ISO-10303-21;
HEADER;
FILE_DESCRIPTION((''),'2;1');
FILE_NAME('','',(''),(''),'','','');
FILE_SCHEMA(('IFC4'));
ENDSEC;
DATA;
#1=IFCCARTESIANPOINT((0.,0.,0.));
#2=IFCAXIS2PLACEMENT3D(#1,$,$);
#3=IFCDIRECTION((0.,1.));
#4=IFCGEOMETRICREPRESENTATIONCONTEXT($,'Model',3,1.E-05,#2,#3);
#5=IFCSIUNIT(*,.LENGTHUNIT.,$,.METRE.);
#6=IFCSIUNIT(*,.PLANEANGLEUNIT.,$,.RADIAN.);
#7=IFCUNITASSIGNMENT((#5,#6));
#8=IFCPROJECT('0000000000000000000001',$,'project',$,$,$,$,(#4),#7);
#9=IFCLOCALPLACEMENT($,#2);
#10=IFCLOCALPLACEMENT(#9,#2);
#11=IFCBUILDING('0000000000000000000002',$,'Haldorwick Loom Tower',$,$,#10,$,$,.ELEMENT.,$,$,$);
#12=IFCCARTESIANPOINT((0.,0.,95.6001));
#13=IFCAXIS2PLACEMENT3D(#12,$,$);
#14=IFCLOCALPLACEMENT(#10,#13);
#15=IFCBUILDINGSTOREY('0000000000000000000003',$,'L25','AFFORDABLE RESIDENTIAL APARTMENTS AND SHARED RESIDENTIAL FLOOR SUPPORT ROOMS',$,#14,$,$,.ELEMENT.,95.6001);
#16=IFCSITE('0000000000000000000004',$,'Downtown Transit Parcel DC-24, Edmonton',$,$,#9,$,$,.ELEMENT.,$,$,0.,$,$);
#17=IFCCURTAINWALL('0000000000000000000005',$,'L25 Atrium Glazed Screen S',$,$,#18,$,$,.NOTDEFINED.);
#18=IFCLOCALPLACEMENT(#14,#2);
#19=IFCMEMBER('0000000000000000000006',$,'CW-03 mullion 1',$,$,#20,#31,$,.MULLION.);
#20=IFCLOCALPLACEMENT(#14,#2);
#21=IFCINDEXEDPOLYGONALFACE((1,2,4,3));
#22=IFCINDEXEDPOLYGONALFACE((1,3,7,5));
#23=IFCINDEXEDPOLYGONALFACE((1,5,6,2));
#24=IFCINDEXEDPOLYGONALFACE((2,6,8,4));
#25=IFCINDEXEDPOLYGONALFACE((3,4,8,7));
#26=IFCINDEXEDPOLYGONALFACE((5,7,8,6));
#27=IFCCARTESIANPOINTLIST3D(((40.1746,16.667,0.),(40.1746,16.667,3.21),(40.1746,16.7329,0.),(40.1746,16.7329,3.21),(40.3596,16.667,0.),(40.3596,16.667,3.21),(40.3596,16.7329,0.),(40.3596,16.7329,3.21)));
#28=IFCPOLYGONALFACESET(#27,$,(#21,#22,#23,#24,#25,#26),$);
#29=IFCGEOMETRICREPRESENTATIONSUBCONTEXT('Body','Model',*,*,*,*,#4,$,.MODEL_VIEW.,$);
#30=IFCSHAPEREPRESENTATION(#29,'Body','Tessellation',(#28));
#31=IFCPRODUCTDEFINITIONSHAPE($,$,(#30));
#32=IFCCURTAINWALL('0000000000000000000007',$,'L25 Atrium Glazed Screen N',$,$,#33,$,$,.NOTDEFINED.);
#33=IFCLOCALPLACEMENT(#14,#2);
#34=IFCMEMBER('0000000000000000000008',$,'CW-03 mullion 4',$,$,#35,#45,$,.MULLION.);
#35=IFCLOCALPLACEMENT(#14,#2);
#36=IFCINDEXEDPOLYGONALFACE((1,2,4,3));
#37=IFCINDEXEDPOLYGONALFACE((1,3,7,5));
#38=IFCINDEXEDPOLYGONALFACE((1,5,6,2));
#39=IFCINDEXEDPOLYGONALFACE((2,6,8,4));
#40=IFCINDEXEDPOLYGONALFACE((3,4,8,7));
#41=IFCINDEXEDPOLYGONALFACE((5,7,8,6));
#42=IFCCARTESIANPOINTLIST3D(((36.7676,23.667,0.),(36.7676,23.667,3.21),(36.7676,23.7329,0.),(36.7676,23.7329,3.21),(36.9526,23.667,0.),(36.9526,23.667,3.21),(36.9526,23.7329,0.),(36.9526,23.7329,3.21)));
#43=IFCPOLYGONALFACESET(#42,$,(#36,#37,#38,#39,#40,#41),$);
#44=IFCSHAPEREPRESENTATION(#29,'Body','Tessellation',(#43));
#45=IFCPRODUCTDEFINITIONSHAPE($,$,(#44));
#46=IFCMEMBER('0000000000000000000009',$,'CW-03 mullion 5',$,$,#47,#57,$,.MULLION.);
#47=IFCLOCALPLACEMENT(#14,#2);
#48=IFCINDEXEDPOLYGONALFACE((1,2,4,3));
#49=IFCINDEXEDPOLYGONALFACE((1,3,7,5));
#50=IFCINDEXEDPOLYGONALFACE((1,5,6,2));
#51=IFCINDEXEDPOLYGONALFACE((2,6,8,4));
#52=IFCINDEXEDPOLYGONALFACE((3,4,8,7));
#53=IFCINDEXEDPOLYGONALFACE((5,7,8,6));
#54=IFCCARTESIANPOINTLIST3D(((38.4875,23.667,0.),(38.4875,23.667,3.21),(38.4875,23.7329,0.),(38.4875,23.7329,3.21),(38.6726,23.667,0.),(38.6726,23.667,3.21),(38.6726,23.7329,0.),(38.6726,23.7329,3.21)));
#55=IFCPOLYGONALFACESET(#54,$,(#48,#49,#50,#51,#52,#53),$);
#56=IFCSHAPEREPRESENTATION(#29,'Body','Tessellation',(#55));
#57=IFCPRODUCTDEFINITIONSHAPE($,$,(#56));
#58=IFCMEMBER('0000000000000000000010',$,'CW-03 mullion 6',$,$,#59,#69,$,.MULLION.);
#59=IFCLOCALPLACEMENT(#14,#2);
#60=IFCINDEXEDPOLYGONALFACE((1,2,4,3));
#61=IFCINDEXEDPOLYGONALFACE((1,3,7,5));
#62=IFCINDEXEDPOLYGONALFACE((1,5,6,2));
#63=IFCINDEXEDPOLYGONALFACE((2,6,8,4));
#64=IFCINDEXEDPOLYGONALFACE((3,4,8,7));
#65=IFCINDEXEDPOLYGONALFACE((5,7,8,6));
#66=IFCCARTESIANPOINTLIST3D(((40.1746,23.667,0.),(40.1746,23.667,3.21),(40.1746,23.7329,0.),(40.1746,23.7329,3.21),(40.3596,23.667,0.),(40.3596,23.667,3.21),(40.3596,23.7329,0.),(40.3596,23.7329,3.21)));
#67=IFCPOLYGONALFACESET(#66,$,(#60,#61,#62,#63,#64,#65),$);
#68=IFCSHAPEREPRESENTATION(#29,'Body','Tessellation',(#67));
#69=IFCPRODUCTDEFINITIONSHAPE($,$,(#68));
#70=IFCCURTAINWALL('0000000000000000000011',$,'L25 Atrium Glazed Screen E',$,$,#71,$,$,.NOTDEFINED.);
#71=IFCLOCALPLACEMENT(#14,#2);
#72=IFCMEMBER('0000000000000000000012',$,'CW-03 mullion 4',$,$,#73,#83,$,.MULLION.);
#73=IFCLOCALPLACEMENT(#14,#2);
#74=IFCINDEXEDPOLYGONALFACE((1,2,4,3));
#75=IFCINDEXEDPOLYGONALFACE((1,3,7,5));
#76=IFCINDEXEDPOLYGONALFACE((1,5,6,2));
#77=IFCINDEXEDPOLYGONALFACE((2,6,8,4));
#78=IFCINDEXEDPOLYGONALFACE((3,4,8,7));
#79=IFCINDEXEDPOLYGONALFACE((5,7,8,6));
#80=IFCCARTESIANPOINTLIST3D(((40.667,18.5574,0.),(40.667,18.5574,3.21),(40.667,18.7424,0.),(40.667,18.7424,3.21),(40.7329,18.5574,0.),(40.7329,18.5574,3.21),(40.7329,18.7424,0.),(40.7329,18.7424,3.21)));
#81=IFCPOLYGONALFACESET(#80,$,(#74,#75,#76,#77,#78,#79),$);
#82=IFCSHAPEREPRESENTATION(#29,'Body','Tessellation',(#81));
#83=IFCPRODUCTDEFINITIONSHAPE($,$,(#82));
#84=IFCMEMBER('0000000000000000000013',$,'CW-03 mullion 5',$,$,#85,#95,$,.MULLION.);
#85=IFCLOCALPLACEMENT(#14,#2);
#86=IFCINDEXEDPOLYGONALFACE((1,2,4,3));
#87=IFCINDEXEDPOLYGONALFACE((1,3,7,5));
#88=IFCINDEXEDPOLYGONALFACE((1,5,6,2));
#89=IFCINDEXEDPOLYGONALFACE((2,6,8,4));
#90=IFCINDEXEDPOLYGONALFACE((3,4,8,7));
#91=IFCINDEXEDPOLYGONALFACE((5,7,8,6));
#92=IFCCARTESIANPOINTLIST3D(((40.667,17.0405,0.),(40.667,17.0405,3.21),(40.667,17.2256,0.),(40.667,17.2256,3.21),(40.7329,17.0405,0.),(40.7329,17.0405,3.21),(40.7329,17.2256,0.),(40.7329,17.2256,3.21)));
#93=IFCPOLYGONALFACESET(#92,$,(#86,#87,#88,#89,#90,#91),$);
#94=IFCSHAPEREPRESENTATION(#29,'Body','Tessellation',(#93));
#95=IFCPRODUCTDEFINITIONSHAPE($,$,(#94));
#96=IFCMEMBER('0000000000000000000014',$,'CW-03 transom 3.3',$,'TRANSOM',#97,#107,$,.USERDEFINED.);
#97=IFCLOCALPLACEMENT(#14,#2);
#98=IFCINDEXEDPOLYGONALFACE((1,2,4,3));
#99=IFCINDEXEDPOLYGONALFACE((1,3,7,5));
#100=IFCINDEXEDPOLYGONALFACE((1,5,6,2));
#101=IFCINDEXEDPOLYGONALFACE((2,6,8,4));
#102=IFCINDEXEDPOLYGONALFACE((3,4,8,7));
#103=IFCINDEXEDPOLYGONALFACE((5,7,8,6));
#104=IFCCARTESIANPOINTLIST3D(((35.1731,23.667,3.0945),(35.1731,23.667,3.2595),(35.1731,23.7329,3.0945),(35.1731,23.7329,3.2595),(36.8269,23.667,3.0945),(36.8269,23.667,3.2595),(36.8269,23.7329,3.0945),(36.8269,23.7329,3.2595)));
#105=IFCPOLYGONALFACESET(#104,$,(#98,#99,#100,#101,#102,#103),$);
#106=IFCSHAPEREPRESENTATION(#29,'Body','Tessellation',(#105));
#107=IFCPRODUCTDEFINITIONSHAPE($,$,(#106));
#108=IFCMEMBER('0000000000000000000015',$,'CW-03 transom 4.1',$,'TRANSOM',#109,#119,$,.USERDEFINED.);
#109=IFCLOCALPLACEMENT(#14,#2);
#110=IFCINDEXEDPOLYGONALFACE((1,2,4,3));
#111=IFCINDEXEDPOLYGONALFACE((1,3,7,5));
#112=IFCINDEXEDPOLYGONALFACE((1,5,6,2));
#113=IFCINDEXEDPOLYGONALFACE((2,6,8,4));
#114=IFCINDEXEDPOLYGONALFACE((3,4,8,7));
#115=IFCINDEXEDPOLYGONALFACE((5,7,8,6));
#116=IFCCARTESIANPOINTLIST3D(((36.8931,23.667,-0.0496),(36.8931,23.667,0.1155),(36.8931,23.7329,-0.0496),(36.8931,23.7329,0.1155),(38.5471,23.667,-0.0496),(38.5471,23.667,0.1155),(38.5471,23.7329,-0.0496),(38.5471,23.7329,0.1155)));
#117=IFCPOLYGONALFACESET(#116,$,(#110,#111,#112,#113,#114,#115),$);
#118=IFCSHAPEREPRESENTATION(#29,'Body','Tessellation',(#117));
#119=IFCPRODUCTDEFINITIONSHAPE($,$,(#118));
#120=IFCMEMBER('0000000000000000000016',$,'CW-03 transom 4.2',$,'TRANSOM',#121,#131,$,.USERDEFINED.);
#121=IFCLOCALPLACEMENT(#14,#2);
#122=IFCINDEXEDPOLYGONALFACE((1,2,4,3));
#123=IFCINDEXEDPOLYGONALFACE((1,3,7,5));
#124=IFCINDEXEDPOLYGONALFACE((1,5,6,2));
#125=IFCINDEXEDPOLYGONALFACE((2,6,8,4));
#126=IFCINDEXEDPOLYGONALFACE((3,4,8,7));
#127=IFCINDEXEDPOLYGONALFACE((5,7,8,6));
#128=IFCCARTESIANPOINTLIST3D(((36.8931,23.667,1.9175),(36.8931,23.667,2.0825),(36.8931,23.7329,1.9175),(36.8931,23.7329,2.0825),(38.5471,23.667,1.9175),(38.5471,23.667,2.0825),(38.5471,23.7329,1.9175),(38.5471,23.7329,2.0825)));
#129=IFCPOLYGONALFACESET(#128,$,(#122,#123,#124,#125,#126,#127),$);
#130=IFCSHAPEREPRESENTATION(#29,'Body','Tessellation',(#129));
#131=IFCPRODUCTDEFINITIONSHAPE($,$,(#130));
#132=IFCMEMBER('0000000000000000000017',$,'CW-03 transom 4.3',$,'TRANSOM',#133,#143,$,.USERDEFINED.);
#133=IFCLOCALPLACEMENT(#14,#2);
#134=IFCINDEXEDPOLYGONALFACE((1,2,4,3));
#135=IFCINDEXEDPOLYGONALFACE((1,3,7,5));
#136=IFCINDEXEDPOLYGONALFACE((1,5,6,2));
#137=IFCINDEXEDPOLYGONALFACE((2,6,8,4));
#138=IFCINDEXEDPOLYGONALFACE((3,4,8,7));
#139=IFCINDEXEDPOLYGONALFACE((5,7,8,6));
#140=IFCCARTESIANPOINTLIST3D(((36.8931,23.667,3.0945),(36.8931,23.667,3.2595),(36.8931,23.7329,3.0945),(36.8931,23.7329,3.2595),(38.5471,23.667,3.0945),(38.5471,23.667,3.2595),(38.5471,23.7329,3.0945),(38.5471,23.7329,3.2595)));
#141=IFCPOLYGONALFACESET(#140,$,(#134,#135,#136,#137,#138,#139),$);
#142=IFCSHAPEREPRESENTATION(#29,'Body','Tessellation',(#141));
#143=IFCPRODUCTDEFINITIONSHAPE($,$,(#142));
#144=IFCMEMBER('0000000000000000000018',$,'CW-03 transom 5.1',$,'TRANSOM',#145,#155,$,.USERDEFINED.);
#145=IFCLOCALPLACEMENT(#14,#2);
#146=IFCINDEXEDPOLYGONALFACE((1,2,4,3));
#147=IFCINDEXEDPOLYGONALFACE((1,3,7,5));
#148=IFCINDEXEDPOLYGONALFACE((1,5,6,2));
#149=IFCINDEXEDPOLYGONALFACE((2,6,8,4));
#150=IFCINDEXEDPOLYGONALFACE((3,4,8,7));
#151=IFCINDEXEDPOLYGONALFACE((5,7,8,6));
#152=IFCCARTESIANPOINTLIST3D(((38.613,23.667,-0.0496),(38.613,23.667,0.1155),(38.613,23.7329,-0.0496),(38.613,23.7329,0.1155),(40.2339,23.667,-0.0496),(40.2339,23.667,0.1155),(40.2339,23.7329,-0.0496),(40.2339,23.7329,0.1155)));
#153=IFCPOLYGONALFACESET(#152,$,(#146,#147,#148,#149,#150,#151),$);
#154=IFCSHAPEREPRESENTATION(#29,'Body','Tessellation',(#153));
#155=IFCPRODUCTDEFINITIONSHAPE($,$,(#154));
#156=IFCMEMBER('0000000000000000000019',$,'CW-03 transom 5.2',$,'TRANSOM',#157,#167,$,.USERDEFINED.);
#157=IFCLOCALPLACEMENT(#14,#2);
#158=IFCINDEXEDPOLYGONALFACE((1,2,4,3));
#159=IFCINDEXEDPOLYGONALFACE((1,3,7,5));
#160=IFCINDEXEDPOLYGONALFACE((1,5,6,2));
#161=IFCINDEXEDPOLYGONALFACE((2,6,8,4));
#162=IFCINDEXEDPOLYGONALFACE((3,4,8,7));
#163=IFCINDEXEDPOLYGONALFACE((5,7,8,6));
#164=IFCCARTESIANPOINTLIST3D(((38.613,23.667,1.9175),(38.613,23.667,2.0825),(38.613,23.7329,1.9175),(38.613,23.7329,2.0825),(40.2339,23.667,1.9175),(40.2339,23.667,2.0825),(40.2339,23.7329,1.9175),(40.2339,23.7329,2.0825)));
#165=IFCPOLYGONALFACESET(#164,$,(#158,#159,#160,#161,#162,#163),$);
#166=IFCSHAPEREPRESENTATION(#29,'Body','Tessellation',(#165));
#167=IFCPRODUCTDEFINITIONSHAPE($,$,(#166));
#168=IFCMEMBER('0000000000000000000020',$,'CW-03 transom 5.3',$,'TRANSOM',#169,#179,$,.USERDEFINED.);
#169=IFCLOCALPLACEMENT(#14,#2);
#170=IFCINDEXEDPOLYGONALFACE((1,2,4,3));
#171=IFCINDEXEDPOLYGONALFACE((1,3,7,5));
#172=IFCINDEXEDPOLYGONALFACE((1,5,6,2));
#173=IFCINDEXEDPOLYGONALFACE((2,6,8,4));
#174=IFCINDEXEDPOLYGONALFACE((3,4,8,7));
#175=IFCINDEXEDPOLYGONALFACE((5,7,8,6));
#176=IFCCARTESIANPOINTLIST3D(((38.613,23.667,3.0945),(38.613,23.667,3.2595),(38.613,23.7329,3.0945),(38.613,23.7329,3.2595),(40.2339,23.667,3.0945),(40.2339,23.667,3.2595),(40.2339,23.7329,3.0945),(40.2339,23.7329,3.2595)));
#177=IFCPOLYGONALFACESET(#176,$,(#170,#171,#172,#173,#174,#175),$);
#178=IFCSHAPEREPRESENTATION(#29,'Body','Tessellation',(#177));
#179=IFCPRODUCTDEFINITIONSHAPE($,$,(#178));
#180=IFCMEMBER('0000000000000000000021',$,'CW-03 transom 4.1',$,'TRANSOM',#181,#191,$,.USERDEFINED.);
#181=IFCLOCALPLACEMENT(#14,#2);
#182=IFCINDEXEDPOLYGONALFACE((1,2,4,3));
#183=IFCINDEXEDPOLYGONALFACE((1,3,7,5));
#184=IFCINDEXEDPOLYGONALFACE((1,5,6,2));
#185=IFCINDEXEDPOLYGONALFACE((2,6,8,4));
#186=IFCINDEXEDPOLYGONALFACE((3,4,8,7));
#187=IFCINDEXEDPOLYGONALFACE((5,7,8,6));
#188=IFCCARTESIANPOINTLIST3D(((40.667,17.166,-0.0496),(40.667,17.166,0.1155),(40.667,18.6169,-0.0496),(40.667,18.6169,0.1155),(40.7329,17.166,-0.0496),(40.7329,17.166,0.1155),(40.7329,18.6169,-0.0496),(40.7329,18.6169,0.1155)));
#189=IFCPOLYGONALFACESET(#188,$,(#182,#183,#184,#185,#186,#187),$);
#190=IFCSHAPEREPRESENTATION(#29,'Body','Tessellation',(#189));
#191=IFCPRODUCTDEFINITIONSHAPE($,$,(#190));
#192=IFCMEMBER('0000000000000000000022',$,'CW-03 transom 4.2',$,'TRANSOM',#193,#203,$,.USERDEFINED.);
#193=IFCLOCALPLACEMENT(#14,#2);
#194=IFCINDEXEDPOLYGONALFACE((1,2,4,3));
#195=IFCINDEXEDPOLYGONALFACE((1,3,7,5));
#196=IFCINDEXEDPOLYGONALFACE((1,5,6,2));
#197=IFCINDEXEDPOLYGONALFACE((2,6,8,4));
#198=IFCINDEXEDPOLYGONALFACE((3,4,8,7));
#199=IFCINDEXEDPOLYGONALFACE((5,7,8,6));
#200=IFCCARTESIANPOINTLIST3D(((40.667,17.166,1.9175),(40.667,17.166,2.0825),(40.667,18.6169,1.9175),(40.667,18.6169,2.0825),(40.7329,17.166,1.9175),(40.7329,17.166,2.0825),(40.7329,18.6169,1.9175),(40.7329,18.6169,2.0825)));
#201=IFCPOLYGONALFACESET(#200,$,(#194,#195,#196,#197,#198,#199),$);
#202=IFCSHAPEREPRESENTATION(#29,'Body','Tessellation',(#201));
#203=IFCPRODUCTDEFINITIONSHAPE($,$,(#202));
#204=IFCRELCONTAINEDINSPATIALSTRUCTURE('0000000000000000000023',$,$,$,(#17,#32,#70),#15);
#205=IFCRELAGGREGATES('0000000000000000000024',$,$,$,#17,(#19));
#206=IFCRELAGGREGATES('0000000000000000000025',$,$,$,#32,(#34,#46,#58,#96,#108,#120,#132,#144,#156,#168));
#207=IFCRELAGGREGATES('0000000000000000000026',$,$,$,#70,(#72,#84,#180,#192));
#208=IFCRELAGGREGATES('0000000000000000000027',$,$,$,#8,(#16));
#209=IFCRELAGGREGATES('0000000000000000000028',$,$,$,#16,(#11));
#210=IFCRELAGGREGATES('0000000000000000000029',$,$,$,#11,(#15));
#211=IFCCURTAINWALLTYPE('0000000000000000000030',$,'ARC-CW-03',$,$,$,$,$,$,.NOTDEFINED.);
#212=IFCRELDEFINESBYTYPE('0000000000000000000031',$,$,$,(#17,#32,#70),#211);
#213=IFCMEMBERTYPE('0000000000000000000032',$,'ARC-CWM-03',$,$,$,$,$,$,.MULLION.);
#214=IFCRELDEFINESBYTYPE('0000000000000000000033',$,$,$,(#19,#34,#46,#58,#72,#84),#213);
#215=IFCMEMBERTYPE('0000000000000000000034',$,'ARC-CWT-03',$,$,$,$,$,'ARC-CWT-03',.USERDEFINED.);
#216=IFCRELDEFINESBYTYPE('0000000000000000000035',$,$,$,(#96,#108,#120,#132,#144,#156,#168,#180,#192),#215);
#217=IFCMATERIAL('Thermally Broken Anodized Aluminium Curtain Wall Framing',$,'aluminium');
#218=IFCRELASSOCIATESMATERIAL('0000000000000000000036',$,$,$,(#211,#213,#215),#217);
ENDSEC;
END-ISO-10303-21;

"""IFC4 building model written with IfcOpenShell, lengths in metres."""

from ifc_helpers import new_model, si_unit, direction, frame, origin, origin_2d, place, context, subcontext, project, spatial, rectangle, extrude, material, material_profile, profile_set, type_object, element, aggregate, save


model = new_model("IFC4")

# Units and contexts
model_context = context("Model", 3, precision=1e-05, world=origin(), true_north=direction((0.0, 1.0)))
body_context = subcontext(model_context, "Body", "Model", "MODEL_VIEW")
ifc_project = project(units=[si_unit("LENGTHUNIT", "METRE"), si_unit("PLANEANGLEUNIT", "RADIAN")], contexts=[model_context])

# Site, building, storey
site_placement = place(None, origin())
site = spatial("IfcSite", under=ifc_project, at=site_placement, Name="Downtown Transit Parcel DC-24, Edmonton", CompositionType="ELEMENT", RefElevation=0.0)
building_placement = place(site_placement, origin())
building = spatial("IfcBuilding", under=site, at=building_placement, Name="Haldorwick Loom Tower", CompositionType="ELEMENT")
storey_placement = place(building_placement, frame((0.0, 0.0, 95.6001)))
storey = spatial("IfcBuildingStorey", under=building, at=storey_placement, Name="L25", Description="AFFORDABLE RESIDENTIAL APARTMENTS AND SHARED RESIDENTIAL FLOOR SUPPORT ROOMS", CompositionType="ELEMENT", Elevation=95.6001)

# Curtain wall, member
ifc_material_1 = material(Name="Thermally Broken Anodized Aluminium Curtain Wall Framing", Category="aluminium")
curtain_wall_type = type_object("IfcCurtainWallType", Name="ARC-CW-03", PredefinedType="NOTDEFINED", material=ifc_material_1)
curtain_wall_1_placement = place(storey_placement, origin())
curtain_wall_1 = element("IfcCurtainWall", 1, at=curtain_wall_1_placement, inside=storey, type_object=curtain_wall_type, Name="L25 Atrium Glazed Screen S", PredefinedType="NOTDEFINED")
ifc_material_profile_1 = material_profile(ifc_material_1, rectangle(XDim=0.0659, YDim=0.1851, at=origin_2d()), Name="ALU_MUL_66X185", Category="aluminium")
ifc_profile_set_1 = profile_set([ifc_material_profile_1], Name="Thermally Broken Anodized Aluminium Curtain Wall Framing")
member_type_1 = type_object("IfcMemberType", Name="ARC-CWM-03", PredefinedType="MULLION", material=ifc_profile_set_1)
member_1_placement = place(storey_placement, frame((40.2671, 16.7, 0.0), z_axis=(0.0, 0.0, 1.0), x_axis=(0.0, -1.0, 0.0)))
member_1 = element("IfcMember", 2, at=member_1_placement, type_object=member_type_1, Name="CW-03 mullion 1", PredefinedType="MULLION", context=body_context, shape_type="SweptSolid", body=[
    extrude(rectangle(XDim=0.0659, YDim=0.1851, at=origin_2d()), origin(), (0.0, 0.0, 1.0), 3.21),
])
aggregate(curtain_wall_1, [member_1])

# Curtain walls, members
curtain_wall_2_placement = place(storey_placement, origin())
curtain_wall_2 = element("IfcCurtainWall", 3, at=curtain_wall_2_placement, inside=storey, type_object=curtain_wall_type, Name="L25 Atrium Glazed Screen N", PredefinedType="NOTDEFINED")
member_2_placement = place(storey_placement, frame((36.8601, 23.7, 0.0), z_axis=(0.0, 0.0, 1.0), x_axis=(0.0, 1.0, 0.0)))
member_2 = element("IfcMember", 4, at=member_2_placement, type_object=member_type_1, Name="CW-03 mullion 4", PredefinedType="MULLION", context=body_context, shape_type="SweptSolid", body=[
    extrude(rectangle(XDim=0.0659, YDim=0.1851, at=origin_2d()), origin(), (0.0, 0.0, 1.0), 3.21),
])
member_3_placement = place(storey_placement, frame((38.5801, 23.7, 0.0), z_axis=(0.0, 0.0, 1.0), x_axis=(0.0, 1.0, 0.0)))
member_3 = element("IfcMember", 5, at=member_3_placement, type_object=member_type_1, Name="CW-03 mullion 5", PredefinedType="MULLION", context=body_context, shape_type="SweptSolid", body=[
    extrude(rectangle(XDim=0.0659, YDim=0.1851, at=origin_2d()), origin(), (0.0, 0.0, 1.0), 3.21),
])
member_4_placement = place(storey_placement, frame((40.2671, 23.7, 0.0), z_axis=(0.0, 0.0, 1.0), x_axis=(0.0, 1.0, 0.0)))
member_4 = element("IfcMember", 6, at=member_4_placement, type_object=member_type_1, Name="CW-03 mullion 6", PredefinedType="MULLION", context=body_context, shape_type="SweptSolid", body=[
    extrude(rectangle(XDim=0.0659, YDim=0.1851, at=origin_2d()), origin(), (0.0, 0.0, 1.0), 3.21),
])
curtain_wall_3_placement = place(storey_placement, origin())
curtain_wall_3 = element("IfcCurtainWall", 7, at=curtain_wall_3_placement, inside=storey, type_object=curtain_wall_type, Name="L25 Atrium Glazed Screen E", PredefinedType="NOTDEFINED")
member_5_placement = place(storey_placement, frame((40.7, 18.6499, 0.0), z_axis=(0.0, 0.0, 1.0), x_axis=(1.0, 0.0, 0.0)))
member_5 = element("IfcMember", 8, at=member_5_placement, type_object=member_type_1, Name="CW-03 mullion 4", PredefinedType="MULLION", context=body_context, shape_type="SweptSolid", body=[
    extrude(rectangle(XDim=0.0659, YDim=0.1851, at=origin_2d()), origin(), (0.0, 0.0, 1.0), 3.21),
])
member_6_placement = place(storey_placement, frame((40.7, 17.1331, 0.0), z_axis=(0.0, 0.0, 1.0), x_axis=(1.0, 0.0, 0.0)))
member_6 = element("IfcMember", 9, at=member_6_placement, type_object=member_type_1, Name="CW-03 mullion 5", PredefinedType="MULLION", context=body_context, shape_type="SweptSolid", body=[
    extrude(rectangle(XDim=0.0659, YDim=0.1851, at=origin_2d()), origin(), (0.0, 0.0, 1.0), 3.21),
])

# Members
ifc_material_profile_2 = material_profile(ifc_material_1, rectangle(XDim=0.0659, YDim=0.165, at=origin_2d()), Name="ALU_TRN_66X165", Category="aluminium")
ifc_profile_set_2 = profile_set([ifc_material_profile_2], Name="Thermally Broken Anodized Aluminium Curtain Wall Framing")
member_type_2 = type_object("IfcMemberType", Name="ARC-CWT-03", ElementType="ARC-CWT-03", PredefinedType="USERDEFINED", material=ifc_profile_set_2)
member_7_placement = place(storey_placement, frame((35.1731, 23.7, 3.177), z_axis=(1.0, 0.0, 0.0), x_axis=(0.0, 1.0, 0.0)))
member_7 = element("IfcMember", 10, at=member_7_placement, type_object=member_type_2, Name="CW-03 transom 3.3", ObjectType="TRANSOM", PredefinedType="USERDEFINED", context=body_context, shape_type="SweptSolid", body=[
    extrude(rectangle(XDim=0.0659, YDim=0.165, at=origin_2d()), origin(), (0.0, 0.0, 1.0), 1.6538),
])
member_8_placement = place(storey_placement, frame((36.8931, 23.7, 0.033), z_axis=(1.0, 0.0, 0.0), x_axis=(0.0, 1.0, 0.0)))
member_8 = element("IfcMember", 11, at=member_8_placement, type_object=member_type_2, Name="CW-03 transom 4.1", ObjectType="TRANSOM", PredefinedType="USERDEFINED", context=body_context, shape_type="SweptSolid", body=[
    extrude(rectangle(XDim=0.0659, YDim=0.165, at=origin_2d()), origin(), (0.0, 0.0, 1.0), 1.6541),
])
member_9_placement = place(storey_placement, frame((36.8931, 23.7, 2.0), z_axis=(1.0, 0.0, 0.0), x_axis=(0.0, 1.0, 0.0)))
member_9 = element("IfcMember", 12, at=member_9_placement, type_object=member_type_2, Name="CW-03 transom 4.2", ObjectType="TRANSOM", PredefinedType="USERDEFINED", context=body_context, shape_type="SweptSolid", body=[
    extrude(rectangle(XDim=0.0659, YDim=0.165, at=origin_2d()), origin(), (0.0, 0.0, 1.0), 1.6541),
])
member_10_placement = place(storey_placement, frame((36.8931, 23.7, 3.177), z_axis=(1.0, 0.0, 0.0), x_axis=(0.0, 1.0, 0.0)))
member_10 = element("IfcMember", 13, at=member_10_placement, type_object=member_type_2, Name="CW-03 transom 4.3", ObjectType="TRANSOM", PredefinedType="USERDEFINED", context=body_context, shape_type="SweptSolid", body=[
    extrude(rectangle(XDim=0.0659, YDim=0.165, at=origin_2d()), origin(), (0.0, 0.0, 1.0), 1.6541),
])
member_11_placement = place(storey_placement, frame((38.613, 23.7, 0.033), z_axis=(1.0, 0.0, 0.0), x_axis=(0.0, 1.0, 0.0)))
member_11 = element("IfcMember", 14, at=member_11_placement, type_object=member_type_2, Name="CW-03 transom 5.1", ObjectType="TRANSOM", PredefinedType="USERDEFINED", context=body_context, shape_type="SweptSolid", body=[
    extrude(rectangle(XDim=0.0659, YDim=0.165, at=origin_2d()), origin(), (0.0, 0.0, 1.0), 1.6208),
])
member_12_placement = place(storey_placement, frame((38.613, 23.7, 2.0), z_axis=(1.0, 0.0, 0.0), x_axis=(0.0, 1.0, 0.0)))
member_12 = element("IfcMember", 15, at=member_12_placement, type_object=member_type_2, Name="CW-03 transom 5.2", ObjectType="TRANSOM", PredefinedType="USERDEFINED", context=body_context, shape_type="SweptSolid", body=[
    extrude(rectangle(XDim=0.0659, YDim=0.165, at=origin_2d()), origin(), (0.0, 0.0, 1.0), 1.6208),
])
member_13_placement = place(storey_placement, frame((38.613, 23.7, 3.177), z_axis=(1.0, 0.0, 0.0), x_axis=(0.0, 1.0, 0.0)))
member_13 = element("IfcMember", 16, at=member_13_placement, type_object=member_type_2, Name="CW-03 transom 5.3", ObjectType="TRANSOM", PredefinedType="USERDEFINED", context=body_context, shape_type="SweptSolid", body=[
    extrude(rectangle(XDim=0.0659, YDim=0.165, at=origin_2d()), origin(), (0.0, 0.0, 1.0), 1.6208),
])
member_14_placement = place(storey_placement, frame((40.7, 18.6169, 0.033), z_axis=(0.0, -1.0, 0.0), x_axis=(1.0, 0.0, 0.0)))
member_14 = element("IfcMember", 17, at=member_14_placement, type_object=member_type_2, Name="CW-03 transom 4.1", ObjectType="TRANSOM", PredefinedType="USERDEFINED", context=body_context, shape_type="SweptSolid", body=[
    extrude(rectangle(XDim=0.0659, YDim=0.165, at=origin_2d()), origin(), (0.0, 0.0, 1.0), 1.4509),
])
member_15_placement = place(storey_placement, frame((40.7, 18.6169, 2.0), z_axis=(0.0, -1.0, 0.0), x_axis=(1.0, 0.0, 0.0)))
member_15 = element("IfcMember", 18, at=member_15_placement, type_object=member_type_2, Name="CW-03 transom 4.2", ObjectType="TRANSOM", PredefinedType="USERDEFINED", context=body_context, shape_type="SweptSolid", body=[
    extrude(rectangle(XDim=0.0659, YDim=0.165, at=origin_2d()), origin(), (0.0, 0.0, 1.0), 1.4509),
])

aggregate(curtain_wall_2, [member_2, member_3, member_4, member_7, member_8, member_9, member_10, member_11, member_12, member_13])
aggregate(curtain_wall_3, [member_5, member_6, member_14, member_15])

save(model, "model.ifc")
